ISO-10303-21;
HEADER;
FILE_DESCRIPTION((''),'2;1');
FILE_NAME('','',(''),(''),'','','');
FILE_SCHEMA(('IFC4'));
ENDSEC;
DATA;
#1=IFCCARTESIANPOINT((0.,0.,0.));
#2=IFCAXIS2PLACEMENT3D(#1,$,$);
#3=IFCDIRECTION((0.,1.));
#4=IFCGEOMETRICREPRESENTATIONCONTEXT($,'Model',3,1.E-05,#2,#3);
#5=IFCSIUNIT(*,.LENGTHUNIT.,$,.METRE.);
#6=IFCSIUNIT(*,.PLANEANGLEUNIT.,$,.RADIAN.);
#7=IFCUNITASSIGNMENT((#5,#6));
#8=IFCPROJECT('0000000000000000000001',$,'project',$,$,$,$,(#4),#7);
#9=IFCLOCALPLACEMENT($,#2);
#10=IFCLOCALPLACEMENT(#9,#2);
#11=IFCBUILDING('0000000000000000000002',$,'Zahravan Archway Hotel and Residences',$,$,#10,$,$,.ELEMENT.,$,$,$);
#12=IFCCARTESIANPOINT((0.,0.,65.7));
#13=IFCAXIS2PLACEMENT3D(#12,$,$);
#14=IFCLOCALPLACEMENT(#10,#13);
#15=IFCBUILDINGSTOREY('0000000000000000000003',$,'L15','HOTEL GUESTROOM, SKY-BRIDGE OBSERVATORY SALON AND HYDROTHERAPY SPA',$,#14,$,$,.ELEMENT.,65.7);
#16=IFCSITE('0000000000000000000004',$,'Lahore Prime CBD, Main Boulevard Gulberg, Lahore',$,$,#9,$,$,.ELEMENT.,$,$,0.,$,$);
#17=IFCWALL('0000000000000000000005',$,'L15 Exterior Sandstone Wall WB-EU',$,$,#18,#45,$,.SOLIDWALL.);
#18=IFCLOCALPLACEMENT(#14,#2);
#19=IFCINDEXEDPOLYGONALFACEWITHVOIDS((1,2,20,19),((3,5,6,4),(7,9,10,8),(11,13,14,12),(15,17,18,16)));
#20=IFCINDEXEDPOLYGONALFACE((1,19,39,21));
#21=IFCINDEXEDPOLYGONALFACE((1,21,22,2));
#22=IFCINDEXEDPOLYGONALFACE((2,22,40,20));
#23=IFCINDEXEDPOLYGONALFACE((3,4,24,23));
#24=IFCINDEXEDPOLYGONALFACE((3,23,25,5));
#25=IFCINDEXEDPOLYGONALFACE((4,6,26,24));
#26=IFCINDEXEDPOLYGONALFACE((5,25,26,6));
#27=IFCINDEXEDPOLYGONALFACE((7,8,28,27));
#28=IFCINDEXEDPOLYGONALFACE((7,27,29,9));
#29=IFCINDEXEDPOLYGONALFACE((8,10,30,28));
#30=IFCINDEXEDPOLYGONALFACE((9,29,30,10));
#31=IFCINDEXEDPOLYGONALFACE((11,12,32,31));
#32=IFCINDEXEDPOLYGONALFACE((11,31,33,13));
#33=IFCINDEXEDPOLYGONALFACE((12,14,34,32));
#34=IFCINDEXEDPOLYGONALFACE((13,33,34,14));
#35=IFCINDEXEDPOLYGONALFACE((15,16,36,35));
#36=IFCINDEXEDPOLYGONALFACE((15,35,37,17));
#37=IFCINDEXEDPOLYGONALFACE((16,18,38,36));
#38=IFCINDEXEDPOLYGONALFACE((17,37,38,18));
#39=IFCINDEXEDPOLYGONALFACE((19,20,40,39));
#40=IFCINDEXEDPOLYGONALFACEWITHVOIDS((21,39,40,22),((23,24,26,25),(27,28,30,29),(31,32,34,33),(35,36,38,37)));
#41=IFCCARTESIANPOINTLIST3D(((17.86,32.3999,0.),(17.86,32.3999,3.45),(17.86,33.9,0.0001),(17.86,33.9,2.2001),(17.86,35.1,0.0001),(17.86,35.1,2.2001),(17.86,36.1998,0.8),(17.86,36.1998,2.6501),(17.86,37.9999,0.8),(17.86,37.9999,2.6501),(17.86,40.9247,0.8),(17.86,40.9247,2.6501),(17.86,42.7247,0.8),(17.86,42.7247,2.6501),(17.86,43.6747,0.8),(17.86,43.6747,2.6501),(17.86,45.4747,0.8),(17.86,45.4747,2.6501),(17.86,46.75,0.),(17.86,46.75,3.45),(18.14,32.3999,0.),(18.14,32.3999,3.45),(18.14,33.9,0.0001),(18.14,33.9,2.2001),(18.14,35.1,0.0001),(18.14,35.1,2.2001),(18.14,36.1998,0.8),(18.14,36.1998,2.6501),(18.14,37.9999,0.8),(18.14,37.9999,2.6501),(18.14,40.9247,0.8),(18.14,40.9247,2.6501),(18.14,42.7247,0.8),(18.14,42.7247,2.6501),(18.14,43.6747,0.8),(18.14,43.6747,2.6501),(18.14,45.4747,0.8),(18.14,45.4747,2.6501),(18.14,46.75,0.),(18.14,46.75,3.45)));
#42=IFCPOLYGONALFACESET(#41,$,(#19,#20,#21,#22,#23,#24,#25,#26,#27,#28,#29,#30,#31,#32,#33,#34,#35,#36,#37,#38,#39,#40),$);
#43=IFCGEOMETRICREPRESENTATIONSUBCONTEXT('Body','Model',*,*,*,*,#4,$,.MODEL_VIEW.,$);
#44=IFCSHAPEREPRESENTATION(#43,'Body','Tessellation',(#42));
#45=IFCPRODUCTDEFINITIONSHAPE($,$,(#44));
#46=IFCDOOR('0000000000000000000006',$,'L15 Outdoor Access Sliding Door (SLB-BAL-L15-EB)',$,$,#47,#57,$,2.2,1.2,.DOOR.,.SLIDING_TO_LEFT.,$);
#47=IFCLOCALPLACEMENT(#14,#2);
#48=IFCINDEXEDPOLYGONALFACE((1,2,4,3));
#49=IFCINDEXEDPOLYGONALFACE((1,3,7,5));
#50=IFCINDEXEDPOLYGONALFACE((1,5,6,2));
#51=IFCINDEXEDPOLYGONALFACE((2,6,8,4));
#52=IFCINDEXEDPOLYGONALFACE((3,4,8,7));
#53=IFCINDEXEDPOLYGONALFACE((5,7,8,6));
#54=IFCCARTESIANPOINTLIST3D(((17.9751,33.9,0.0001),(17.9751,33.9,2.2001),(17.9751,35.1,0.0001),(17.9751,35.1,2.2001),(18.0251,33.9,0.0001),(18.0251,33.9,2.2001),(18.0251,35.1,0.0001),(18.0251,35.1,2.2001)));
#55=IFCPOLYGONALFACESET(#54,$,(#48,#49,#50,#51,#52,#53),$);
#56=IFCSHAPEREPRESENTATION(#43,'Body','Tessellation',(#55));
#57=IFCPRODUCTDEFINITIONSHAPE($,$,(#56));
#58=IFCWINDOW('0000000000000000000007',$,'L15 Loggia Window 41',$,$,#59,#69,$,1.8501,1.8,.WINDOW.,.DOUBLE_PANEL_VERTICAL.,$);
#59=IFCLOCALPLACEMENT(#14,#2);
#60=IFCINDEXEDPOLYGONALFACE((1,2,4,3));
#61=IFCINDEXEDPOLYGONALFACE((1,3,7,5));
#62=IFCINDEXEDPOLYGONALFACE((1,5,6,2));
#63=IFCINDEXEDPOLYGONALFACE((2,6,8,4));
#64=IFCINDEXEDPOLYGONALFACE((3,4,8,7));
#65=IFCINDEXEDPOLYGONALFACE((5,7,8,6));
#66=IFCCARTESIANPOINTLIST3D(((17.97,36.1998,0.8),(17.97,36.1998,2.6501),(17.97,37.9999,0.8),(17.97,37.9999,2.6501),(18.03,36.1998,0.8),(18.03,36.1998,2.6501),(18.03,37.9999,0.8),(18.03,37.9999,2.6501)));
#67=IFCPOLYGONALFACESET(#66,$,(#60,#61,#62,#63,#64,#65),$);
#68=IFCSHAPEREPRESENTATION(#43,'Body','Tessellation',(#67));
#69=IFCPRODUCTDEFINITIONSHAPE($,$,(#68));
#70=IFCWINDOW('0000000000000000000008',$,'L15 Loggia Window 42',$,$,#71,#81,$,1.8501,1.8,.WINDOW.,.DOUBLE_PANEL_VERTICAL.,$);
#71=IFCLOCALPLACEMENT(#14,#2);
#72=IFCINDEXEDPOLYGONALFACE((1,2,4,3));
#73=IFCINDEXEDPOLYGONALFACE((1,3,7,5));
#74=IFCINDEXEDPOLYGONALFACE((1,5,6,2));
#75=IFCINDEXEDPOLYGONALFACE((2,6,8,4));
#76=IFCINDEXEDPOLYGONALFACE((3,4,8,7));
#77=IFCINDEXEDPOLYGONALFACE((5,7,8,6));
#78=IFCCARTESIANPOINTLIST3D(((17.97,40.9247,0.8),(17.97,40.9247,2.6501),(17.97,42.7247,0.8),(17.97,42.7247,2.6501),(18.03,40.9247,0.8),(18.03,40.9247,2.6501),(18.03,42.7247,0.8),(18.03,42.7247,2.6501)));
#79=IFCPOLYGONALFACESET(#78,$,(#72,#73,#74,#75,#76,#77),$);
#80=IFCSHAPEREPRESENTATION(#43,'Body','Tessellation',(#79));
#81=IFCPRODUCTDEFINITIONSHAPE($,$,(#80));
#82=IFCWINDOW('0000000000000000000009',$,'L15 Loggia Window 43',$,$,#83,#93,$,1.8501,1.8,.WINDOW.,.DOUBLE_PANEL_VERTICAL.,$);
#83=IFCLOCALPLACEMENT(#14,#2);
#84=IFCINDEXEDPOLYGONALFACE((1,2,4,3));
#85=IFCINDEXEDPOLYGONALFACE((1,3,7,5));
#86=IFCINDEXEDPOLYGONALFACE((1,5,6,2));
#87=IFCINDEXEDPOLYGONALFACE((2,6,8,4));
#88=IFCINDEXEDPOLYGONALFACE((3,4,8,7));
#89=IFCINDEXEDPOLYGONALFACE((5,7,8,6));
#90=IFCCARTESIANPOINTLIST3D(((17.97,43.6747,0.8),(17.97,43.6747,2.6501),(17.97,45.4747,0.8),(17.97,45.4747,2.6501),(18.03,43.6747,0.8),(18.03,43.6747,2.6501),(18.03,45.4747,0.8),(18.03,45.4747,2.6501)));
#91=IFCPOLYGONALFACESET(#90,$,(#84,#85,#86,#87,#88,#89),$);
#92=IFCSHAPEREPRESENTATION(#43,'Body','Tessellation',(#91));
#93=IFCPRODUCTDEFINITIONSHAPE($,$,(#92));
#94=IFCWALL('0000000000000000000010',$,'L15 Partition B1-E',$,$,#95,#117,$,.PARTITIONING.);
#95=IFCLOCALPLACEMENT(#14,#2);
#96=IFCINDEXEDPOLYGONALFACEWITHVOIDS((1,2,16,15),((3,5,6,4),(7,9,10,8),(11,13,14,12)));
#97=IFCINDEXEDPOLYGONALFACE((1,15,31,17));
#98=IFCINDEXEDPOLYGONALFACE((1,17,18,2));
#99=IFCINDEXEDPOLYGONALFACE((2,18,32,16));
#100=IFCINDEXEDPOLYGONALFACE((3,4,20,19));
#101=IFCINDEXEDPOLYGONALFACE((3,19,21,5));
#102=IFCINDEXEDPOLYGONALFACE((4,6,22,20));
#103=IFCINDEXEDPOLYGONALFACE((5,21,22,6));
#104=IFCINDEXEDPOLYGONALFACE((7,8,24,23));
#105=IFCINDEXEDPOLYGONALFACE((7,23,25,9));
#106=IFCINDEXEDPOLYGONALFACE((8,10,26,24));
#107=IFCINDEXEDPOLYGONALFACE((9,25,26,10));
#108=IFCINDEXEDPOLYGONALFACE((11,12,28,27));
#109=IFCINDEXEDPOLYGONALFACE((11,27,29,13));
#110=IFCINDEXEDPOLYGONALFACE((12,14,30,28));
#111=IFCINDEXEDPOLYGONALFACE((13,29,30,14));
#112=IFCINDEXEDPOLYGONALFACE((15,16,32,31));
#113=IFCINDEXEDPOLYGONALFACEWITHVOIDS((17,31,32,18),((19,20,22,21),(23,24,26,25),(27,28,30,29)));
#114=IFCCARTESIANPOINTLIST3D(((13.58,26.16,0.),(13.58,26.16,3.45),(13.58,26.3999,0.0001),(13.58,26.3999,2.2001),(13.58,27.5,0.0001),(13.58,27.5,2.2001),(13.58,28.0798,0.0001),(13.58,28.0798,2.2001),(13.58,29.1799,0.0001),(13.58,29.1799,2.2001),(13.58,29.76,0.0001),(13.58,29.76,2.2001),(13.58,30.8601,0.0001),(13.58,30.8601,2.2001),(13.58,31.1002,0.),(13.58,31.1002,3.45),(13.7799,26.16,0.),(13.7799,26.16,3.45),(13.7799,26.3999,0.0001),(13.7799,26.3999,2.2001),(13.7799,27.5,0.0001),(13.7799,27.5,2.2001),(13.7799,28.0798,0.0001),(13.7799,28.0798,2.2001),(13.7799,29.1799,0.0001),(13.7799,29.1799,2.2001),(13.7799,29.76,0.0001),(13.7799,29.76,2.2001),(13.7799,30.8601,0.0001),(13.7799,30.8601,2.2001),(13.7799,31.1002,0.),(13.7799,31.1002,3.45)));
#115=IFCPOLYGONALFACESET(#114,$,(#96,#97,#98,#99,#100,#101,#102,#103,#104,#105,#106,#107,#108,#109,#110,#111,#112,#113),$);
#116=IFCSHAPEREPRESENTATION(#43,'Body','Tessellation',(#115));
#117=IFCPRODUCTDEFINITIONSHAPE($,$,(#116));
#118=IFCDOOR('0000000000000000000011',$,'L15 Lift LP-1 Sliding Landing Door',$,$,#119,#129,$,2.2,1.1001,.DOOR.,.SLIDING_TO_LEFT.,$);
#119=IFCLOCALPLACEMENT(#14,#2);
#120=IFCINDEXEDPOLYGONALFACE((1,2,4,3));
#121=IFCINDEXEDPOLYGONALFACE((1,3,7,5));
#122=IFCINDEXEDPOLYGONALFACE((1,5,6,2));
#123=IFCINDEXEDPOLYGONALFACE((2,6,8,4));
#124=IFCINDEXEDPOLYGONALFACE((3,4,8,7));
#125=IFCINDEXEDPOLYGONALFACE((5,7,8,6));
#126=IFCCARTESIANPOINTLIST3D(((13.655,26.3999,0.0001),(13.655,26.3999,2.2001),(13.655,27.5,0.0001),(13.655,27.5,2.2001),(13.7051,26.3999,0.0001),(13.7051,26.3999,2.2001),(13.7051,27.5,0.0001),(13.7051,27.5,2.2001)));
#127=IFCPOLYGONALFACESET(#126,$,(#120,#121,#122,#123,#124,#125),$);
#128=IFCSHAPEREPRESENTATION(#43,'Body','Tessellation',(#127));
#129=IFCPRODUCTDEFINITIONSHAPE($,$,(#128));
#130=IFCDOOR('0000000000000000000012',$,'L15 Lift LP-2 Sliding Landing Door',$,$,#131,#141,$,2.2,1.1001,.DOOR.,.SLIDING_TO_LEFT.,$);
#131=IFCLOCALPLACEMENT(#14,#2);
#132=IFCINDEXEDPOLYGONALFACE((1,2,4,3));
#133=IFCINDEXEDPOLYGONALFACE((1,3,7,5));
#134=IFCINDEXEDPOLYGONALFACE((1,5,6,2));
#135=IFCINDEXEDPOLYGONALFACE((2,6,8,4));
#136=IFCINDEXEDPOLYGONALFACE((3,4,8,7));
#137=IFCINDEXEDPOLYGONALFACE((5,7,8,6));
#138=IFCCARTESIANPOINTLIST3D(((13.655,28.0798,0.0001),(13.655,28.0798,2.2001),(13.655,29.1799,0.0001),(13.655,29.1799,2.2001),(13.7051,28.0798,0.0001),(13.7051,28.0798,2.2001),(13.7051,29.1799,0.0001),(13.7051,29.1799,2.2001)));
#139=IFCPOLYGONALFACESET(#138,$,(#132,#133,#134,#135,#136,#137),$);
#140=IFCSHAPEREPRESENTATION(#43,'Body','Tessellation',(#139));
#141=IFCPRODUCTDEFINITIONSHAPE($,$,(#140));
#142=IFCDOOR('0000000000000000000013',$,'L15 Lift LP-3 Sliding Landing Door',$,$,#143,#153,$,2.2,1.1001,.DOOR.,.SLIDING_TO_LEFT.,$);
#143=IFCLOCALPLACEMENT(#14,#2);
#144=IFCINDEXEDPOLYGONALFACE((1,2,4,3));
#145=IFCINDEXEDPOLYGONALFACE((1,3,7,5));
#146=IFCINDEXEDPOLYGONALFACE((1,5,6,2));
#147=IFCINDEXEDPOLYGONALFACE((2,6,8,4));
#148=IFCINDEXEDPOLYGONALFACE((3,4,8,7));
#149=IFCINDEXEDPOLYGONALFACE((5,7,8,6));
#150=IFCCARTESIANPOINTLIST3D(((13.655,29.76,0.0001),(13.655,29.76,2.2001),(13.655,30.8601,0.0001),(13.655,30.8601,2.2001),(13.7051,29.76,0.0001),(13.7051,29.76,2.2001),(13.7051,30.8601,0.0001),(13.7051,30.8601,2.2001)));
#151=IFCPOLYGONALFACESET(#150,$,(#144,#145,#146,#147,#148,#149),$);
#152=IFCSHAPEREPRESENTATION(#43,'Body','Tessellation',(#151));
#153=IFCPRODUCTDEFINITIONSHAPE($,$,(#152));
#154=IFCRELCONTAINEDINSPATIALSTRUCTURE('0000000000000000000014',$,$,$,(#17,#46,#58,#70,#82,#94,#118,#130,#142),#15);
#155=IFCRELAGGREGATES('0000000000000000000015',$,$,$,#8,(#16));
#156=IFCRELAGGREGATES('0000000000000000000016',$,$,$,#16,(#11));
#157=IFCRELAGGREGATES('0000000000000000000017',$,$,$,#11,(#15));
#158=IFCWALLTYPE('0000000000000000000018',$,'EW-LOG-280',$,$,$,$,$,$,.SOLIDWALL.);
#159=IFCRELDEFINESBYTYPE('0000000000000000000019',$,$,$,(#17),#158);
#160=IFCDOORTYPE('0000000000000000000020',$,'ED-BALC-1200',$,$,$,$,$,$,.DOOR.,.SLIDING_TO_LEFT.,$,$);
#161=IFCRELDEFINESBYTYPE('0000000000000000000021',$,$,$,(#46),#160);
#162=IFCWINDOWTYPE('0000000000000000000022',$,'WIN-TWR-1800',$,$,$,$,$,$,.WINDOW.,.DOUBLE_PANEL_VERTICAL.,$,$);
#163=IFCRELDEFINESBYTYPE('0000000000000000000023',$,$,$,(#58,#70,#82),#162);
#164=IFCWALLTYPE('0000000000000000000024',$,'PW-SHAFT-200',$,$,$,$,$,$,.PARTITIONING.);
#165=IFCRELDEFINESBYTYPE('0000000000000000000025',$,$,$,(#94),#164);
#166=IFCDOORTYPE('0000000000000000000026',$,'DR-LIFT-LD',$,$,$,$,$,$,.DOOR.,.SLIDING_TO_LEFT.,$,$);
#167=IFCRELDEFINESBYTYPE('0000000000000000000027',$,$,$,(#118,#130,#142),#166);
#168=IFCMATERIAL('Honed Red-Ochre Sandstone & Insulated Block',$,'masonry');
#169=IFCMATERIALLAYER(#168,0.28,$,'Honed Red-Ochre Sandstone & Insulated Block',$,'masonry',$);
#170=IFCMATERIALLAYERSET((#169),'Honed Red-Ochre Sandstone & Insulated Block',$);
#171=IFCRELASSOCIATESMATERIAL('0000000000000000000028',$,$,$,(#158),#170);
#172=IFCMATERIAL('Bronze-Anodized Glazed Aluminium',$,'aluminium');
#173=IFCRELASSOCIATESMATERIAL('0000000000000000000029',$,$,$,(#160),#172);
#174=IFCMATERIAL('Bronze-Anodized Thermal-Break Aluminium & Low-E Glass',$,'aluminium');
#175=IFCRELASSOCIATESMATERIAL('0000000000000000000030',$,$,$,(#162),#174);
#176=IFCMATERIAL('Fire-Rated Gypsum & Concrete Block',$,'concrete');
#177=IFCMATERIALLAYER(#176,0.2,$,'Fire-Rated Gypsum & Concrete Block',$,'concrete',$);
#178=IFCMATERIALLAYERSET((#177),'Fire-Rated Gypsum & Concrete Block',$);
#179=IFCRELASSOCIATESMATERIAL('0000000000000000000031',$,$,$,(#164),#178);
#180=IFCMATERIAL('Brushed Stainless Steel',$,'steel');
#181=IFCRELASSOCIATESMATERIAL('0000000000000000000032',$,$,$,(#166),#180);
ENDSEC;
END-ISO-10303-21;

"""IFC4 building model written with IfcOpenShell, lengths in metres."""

from ifc_helpers import new_model, si_unit, direction, frame, frame_2d, origin, place, context, subcontext, project, spatial, rectangle, extrude, source, transform, mapped, material, layer, layer_set, type_object, type_shapes, element, fill, save


model = new_model("IFC4")

# Units and contexts
model_context = context("Model", 3, precision=1e-05, world=origin(), true_north=direction((0.0, 1.0)))
body_context = subcontext(model_context, "Body", "Model", "MODEL_VIEW")
ifc_project = project(units=[si_unit("LENGTHUNIT", "METRE"), si_unit("PLANEANGLEUNIT", "RADIAN")], contexts=[model_context])

# Site, building, storey
site_placement = place(None, origin())
site = spatial("IfcSite", under=ifc_project, at=site_placement, Name="Lahore Prime CBD, Main Boulevard Gulberg, Lahore", CompositionType="ELEMENT", RefElevation=0.0)
building_placement = place(site_placement, origin())
building = spatial("IfcBuilding", under=site, at=building_placement, Name="Zahravan Archway Hotel and Residences", CompositionType="ELEMENT")
storey_placement = place(building_placement, frame((0.0, 0.0, 65.7)))
storey = spatial("IfcBuildingStorey", under=building, at=storey_placement, Name="L15", Description="HOTEL GUESTROOM, SKY-BRIDGE OBSERVATORY SALON AND HYDROTHERAPY SPA", CompositionType="ELEMENT", Elevation=65.7)

# Wall, openings, door, windows
ifc_material_1 = material(Name="Honed Red-Ochre Sandstone & Insulated Block", Category="masonry")
ifc_layer_1 = layer(ifc_material_1, 0.28, Name="Honed Red-Ochre Sandstone & Insulated Block", Category="masonry")
ifc_layer_set_1 = layer_set([ifc_layer_1], Name="Honed Red-Ochre Sandstone & Insulated Block")
wall_type_1 = type_object("IfcWallType", Name="EW-LOG-280", PredefinedType="SOLIDWALL", material=ifc_layer_set_1)
wall_1_placement = place(storey_placement, frame((18.0, 32.3999, 0.0), z_axis=(0.0, 0.0, 1.0), x_axis=(0.0, 1.0, 0.0)))
wall_1 = element("IfcWall", 1, at=wall_1_placement, inside=storey, type_object=wall_type_1, Name="L15 Exterior Sandstone Wall WB-EU", PredefinedType="SOLIDWALL", context=body_context, shape_type="SweptSolid", body=[
    extrude(rectangle(XDim=14.3501, YDim=0.28, at=frame_2d((7.175, 0.0))), origin(), (0.0, 0.0, 1.0), 3.45),
])
opening_1_placement = place(wall_1_placement, frame((1.5, 0.0, 0.0)))
opening_1 = element("IfcOpeningElement", 2, at=opening_1_placement, cuts=wall_1, PredefinedType="OPENING", context=body_context, shape_type="SweptSolid", body=[
    extrude(rectangle(XDim=1.2, YDim=2.2, at=frame_2d((0.6001, 1.1001))), frame((0.0, 0.1499, 0.0), z_axis=(0.0, -1.0, 0.0), x_axis=(1.0, 0.0, 0.0)), (0.0, 0.0, 1.0), 0.3),
])
opening_2_placement = place(wall_1_placement, frame((3.8, 0.0, 0.8)))
opening_2 = element("IfcOpeningElement", 3, at=opening_2_placement, cuts=wall_1, PredefinedType="OPENING", context=body_context, shape_type="SweptSolid", body=[
    extrude(rectangle(XDim=1.8, YDim=1.8501, at=frame_2d((0.8999, 0.925))), frame((0.0, 0.1499, 0.0), z_axis=(0.0, -1.0, 0.0), x_axis=(1.0, 0.0, 0.0)), (0.0, 0.0, 1.0), 0.3),
])
opening_3_placement = place(wall_1_placement, frame((8.5249, 0.0, 0.8)))
opening_3 = element("IfcOpeningElement", 4, at=opening_3_placement, cuts=wall_1, PredefinedType="OPENING", context=body_context, shape_type="SweptSolid", body=[
    extrude(rectangle(XDim=1.8, YDim=1.8501, at=frame_2d((0.8999, 0.925))), frame((0.0, 0.1499, 0.0), z_axis=(0.0, -1.0, 0.0), x_axis=(1.0, 0.0, 0.0)), (0.0, 0.0, 1.0), 0.3),
])
opening_4_placement = place(wall_1_placement, frame((11.2749, 0.0, 0.8)))
opening_4 = element("IfcOpeningElement", 5, at=opening_4_placement, cuts=wall_1, PredefinedType="OPENING", context=body_context, shape_type="SweptSolid", body=[
    extrude(rectangle(XDim=1.8, YDim=1.8501, at=frame_2d((0.8999, 0.925))), frame((0.0, 0.1499, 0.0), z_axis=(0.0, -1.0, 0.0), x_axis=(1.0, 0.0, 0.0)), (0.0, 0.0, 1.0), 0.3),
])
ifc_material_2 = material(Name="Bronze-Anodized Glazed Aluminium", Category="aluminium")
door_type_1 = type_object("IfcDoorType", Name="ED-BALC-1200", OperationType="SLIDING_TO_LEFT", PredefinedType="DOOR", material=ifc_material_2)
shared_shape_1 = source(origin(), body_context, "Body", "SweptSolid", [
    extrude(rectangle(XDim=1.2, YDim=2.2, at=frame_2d((0.6001, 1.1001))), frame((0.0, 0.0249, 0.0), z_axis=(0.0, -1.0, 0.0), x_axis=(1.0, 0.0, 0.0)), (0.0, 0.0, 1.0), 0.05),
])
type_shapes(door_type_1, [shared_shape_1])
door_1_placement = place(opening_1_placement, origin())
door_1 = element("IfcDoor", 6, at=door_1_placement, inside=storey, type_object=door_type_1, Name="L15 Outdoor Access Sliding Door (SLB-BAL-L15-EB)", OperationType="SLIDING_TO_LEFT", OverallHeight=2.2, OverallWidth=1.2, PredefinedType="DOOR", context=body_context, shape_type="MappedRepresentation", body=[
    mapped(shared_shape_1, transform((0.0, 0.0, 0.0), scale=1.0)),
])
fill(opening_1, door_1)
ifc_material_3 = material(Name="Bronze-Anodized Thermal-Break Aluminium & Low-E Glass", Category="aluminium")
window_type = type_object("IfcWindowType", Name="WIN-TWR-1800", PartitioningType="DOUBLE_PANEL_VERTICAL", PredefinedType="WINDOW", material=ifc_material_3)
shared_shape_2 = source(origin(), body_context, "Body", "SweptSolid", [
    extrude(rectangle(XDim=1.8, YDim=1.8501, at=frame_2d((0.8999, 0.925))), frame((0.0, 0.03, 0.0), z_axis=(0.0, -1.0, 0.0), x_axis=(1.0, 0.0, 0.0)), (0.0, 0.0, 1.0), 0.0601),
])
type_shapes(window_type, [shared_shape_2])
window_1_placement = place(opening_2_placement, origin())
window_1 = element("IfcWindow", 7, at=window_1_placement, inside=storey, type_object=window_type, Name="L15 Loggia Window 41", OverallHeight=1.8501, OverallWidth=1.8, PartitioningType="DOUBLE_PANEL_VERTICAL", PredefinedType="WINDOW", context=body_context, shape_type="MappedRepresentation", body=[
    mapped(shared_shape_2, transform((0.0, 0.0, 0.0), scale=1.0)),
])
fill(opening_2, window_1)
window_2_placement = place(opening_3_placement, origin())
window_2 = element("IfcWindow", 8, at=window_2_placement, inside=storey, type_object=window_type, Name="L15 Loggia Window 42", OverallHeight=1.8501, OverallWidth=1.8, PartitioningType="DOUBLE_PANEL_VERTICAL", PredefinedType="WINDOW", context=body_context, shape_type="MappedRepresentation", body=[
    mapped(shared_shape_2, transform((0.0, 0.0, 0.0), scale=1.0)),
])
fill(opening_3, window_2)
window_3_placement = place(opening_4_placement, origin())
window_3 = element("IfcWindow", 9, at=window_3_placement, inside=storey, type_object=window_type, Name="L15 Loggia Window 43", OverallHeight=1.8501, OverallWidth=1.8, PartitioningType="DOUBLE_PANEL_VERTICAL", PredefinedType="WINDOW", context=body_context, shape_type="MappedRepresentation", body=[
    mapped(shared_shape_2, transform((0.0, 0.0, 0.0), scale=1.0)),
])
fill(opening_4, window_3)

# Wall, openings, doors
ifc_material_4 = material(Name="Fire-Rated Gypsum & Concrete Block", Category="concrete")
ifc_layer_2 = layer(ifc_material_4, 0.2, Name="Fire-Rated Gypsum & Concrete Block", Category="concrete")
ifc_layer_set_2 = layer_set([ifc_layer_2], Name="Fire-Rated Gypsum & Concrete Block")
wall_type_2 = type_object("IfcWallType", Name="PW-SHAFT-200", PredefinedType="PARTITIONING", material=ifc_layer_set_2)
wall_2_placement = place(storey_placement, frame((13.6799, 26.1599, 0.0), z_axis=(0.0, 0.0, 1.0), x_axis=(0.0, 1.0, 0.0)))
wall_2 = element("IfcWall", 10, at=wall_2_placement, inside=storey, type_object=wall_type_2, Name="L15 Partition B1-E", PredefinedType="PARTITIONING", context=body_context, shape_type="SweptSolid", body=[
    extrude(rectangle(XDim=4.9402, YDim=0.2, at=frame_2d((2.4702, 0.0))), origin(), (0.0, 0.0, 1.0), 3.45),
])
opening_5_placement = place(wall_2_placement, frame((0.24, 0.0, 0.0)))
opening_5 = element("IfcOpeningElement", 11, at=opening_5_placement, cuts=wall_2, PredefinedType="OPENING", context=body_context, shape_type="SweptSolid", body=[
    extrude(rectangle(XDim=1.1001, YDim=2.2, at=frame_2d((0.55, 1.1001))), frame((0.0, 0.1099, 0.0), z_axis=(0.0, -1.0, 0.0), x_axis=(1.0, 0.0, 0.0)), (0.0, 0.0, 1.0), 0.22),
])
opening_6_placement = place(wall_2_placement, frame((1.9199, 0.0, 0.0)))
opening_6 = element("IfcOpeningElement", 12, at=opening_6_placement, cuts=wall_2, PredefinedType="OPENING", context=body_context, shape_type="SweptSolid", body=[
    extrude(rectangle(XDim=1.1001, YDim=2.2, at=frame_2d((0.55, 1.1001))), frame((0.0, 0.1099, 0.0), z_axis=(0.0, -1.0, 0.0), x_axis=(1.0, 0.0, 0.0)), (0.0, 0.0, 1.0), 0.22),
])
opening_7_placement = place(wall_2_placement, frame((3.6001, 0.0, 0.0)))
opening_7 = element("IfcOpeningElement", 13, at=opening_7_placement, cuts=wall_2, PredefinedType="OPENING", context=body_context, shape_type="SweptSolid", body=[
    extrude(rectangle(XDim=1.1001, YDim=2.2, at=frame_2d((0.55, 1.1001))), frame((0.0, 0.1099, 0.0), z_axis=(0.0, -1.0, 0.0), x_axis=(1.0, 0.0, 0.0)), (0.0, 0.0, 1.0), 0.22),
])
ifc_material_5 = material(Name="Brushed Stainless Steel", Category="steel")
door_type_2 = type_object("IfcDoorType", Name="DR-LIFT-LD", OperationType="SLIDING_TO_LEFT", PredefinedType="DOOR", material=ifc_material_5)
shared_shape_3 = source(origin(), body_context, "Body", "SweptSolid", [
    extrude(rectangle(XDim=1.1001, YDim=2.2, at=frame_2d((0.55, 1.1001))), frame((0.0, 0.0249, 0.0), z_axis=(0.0, -1.0, 0.0), x_axis=(1.0, 0.0, 0.0)), (0.0, 0.0, 1.0), 0.05),
])
type_shapes(door_type_2, [shared_shape_3])
door_2_placement = place(opening_5_placement, origin())
door_2 = element("IfcDoor", 14, at=door_2_placement, inside=storey, type_object=door_type_2, Name="L15 Lift LP-1 Sliding Landing Door", OperationType="SLIDING_TO_LEFT", OverallHeight=2.2, OverallWidth=1.1001, PredefinedType="DOOR", context=body_context, shape_type="MappedRepresentation", body=[
    mapped(shared_shape_3, transform((0.0, 0.0, 0.0), scale=1.0)),
])
fill(opening_5, door_2)
door_3_placement = place(opening_6_placement, origin())
door_3 = element("IfcDoor", 15, at=door_3_placement, inside=storey, type_object=door_type_2, Name="L15 Lift LP-2 Sliding Landing Door", OperationType="SLIDING_TO_LEFT", OverallHeight=2.2, OverallWidth=1.1001, PredefinedType="DOOR", context=body_context, shape_type="MappedRepresentation", body=[
    mapped(shared_shape_3, transform((0.0, 0.0, 0.0), scale=1.0)),
])
fill(opening_6, door_3)
door_4_placement = place(opening_7_placement, origin())
door_4 = element("IfcDoor", 16, at=door_4_placement, inside=storey, type_object=door_type_2, Name="L15 Lift LP-3 Sliding Landing Door", OperationType="SLIDING_TO_LEFT", OverallHeight=2.2, OverallWidth=1.1001, PredefinedType="DOOR", context=body_context, shape_type="MappedRepresentation", body=[
    mapped(shared_shape_3, transform((0.0, 0.0, 0.0), scale=1.0)),
])
fill(opening_7, door_4)

save(model, "model.ifc")
